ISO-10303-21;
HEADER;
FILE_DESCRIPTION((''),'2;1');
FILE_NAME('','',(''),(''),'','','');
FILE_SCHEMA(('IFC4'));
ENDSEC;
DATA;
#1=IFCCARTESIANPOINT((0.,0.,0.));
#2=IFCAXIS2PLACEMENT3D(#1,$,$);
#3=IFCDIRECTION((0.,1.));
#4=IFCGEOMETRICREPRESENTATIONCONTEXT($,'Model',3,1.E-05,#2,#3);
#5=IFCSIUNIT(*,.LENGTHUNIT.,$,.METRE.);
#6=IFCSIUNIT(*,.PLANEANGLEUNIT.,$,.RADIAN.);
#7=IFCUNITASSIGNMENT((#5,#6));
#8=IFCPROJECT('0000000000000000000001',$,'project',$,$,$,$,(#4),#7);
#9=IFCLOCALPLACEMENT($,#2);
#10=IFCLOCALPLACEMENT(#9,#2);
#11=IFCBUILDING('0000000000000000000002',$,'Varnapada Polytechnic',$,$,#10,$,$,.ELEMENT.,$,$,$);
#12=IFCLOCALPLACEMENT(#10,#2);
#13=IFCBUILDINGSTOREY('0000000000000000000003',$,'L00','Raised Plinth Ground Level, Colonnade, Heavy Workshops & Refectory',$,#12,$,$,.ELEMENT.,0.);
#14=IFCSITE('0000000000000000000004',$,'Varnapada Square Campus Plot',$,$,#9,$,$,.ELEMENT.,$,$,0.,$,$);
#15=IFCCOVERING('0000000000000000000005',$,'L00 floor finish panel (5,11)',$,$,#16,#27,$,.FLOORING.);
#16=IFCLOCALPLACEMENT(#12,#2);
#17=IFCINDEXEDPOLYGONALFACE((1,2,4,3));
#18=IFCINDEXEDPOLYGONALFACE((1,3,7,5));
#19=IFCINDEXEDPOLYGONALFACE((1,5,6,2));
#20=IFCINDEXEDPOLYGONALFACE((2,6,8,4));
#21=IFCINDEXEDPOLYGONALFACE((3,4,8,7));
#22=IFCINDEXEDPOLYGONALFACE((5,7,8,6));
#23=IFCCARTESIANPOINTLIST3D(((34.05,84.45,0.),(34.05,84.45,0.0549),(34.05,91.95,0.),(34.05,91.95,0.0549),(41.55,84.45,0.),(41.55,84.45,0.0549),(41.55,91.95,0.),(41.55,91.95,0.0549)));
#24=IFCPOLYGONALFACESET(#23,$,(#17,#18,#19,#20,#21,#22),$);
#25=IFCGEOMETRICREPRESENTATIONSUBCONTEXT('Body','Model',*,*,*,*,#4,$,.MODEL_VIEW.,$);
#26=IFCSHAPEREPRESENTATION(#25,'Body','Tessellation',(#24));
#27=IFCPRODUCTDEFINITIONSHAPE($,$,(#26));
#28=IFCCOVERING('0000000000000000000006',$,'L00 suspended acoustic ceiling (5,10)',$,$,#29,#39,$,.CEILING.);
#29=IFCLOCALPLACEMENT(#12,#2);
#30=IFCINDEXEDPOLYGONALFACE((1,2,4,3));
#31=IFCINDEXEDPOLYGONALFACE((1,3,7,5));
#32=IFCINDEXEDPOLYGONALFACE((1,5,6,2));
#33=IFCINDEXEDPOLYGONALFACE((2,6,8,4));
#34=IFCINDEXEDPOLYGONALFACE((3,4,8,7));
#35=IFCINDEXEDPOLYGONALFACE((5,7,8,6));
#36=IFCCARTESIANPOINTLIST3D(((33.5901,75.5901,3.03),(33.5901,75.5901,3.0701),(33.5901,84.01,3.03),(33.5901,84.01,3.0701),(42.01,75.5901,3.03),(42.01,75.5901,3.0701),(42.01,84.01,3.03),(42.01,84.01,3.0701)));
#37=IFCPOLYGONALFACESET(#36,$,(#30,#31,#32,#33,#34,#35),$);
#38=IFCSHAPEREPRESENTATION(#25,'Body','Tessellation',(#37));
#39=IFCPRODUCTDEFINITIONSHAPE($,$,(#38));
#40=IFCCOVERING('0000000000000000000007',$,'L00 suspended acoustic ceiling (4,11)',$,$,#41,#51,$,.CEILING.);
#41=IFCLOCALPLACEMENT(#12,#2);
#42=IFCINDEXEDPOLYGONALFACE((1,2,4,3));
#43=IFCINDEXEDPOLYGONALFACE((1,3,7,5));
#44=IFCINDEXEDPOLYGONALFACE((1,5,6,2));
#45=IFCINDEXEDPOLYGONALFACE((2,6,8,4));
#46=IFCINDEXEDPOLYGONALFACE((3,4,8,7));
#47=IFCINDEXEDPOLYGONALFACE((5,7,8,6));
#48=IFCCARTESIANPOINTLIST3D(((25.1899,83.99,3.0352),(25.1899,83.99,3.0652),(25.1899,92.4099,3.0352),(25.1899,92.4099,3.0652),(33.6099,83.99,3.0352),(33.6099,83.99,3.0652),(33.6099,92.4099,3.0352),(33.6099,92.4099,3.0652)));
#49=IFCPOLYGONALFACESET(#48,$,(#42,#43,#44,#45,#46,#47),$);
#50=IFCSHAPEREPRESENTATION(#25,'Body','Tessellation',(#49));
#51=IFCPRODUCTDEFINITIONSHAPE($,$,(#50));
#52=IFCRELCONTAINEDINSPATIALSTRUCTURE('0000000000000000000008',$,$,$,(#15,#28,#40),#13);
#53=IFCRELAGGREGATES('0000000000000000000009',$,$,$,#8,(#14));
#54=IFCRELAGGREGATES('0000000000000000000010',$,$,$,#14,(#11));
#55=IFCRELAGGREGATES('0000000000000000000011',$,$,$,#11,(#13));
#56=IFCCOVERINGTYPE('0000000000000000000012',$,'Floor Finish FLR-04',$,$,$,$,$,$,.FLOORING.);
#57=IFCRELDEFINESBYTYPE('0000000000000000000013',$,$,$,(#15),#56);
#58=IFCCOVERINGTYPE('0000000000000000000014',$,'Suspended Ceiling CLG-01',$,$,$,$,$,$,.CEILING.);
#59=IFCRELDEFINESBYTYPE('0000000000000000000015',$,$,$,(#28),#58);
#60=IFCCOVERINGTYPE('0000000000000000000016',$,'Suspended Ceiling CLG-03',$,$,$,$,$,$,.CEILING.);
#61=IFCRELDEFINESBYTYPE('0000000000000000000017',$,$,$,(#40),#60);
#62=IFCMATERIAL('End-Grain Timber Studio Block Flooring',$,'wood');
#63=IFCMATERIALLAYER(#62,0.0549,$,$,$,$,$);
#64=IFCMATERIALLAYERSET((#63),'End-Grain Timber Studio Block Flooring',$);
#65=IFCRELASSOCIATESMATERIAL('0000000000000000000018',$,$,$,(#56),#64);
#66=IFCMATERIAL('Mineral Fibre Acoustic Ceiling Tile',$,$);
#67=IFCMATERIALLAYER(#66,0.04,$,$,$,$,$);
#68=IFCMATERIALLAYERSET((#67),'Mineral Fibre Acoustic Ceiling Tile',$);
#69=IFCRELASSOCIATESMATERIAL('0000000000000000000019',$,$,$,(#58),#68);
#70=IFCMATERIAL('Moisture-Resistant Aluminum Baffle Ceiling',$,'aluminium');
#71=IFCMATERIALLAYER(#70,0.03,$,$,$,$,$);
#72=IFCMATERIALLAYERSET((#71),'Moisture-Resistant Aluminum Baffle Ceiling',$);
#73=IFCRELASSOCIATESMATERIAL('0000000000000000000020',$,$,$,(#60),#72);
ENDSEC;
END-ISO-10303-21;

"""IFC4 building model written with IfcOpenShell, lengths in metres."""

from ifc_helpers import new_model, si_unit, direction, frame, origin, origin_2d, place, context, subcontext, project, spatial, rectangle, extrude, material, layer, layer_set, type_object, element, save


model = new_model("IFC4")

# Units and contexts
model_context = context("Model", 3, precision=1e-05, world=origin(), true_north=direction((0.0, 1.0)))
body_context = subcontext(model_context, "Body", "Model", "MODEL_VIEW")
ifc_project = project(units=[si_unit("LENGTHUNIT", "METRE"), si_unit("PLANEANGLEUNIT", "RADIAN")], contexts=[model_context])

# Site, building, storey
site_placement = place(None, origin())
site = spatial("IfcSite", under=ifc_project, at=site_placement, Name="Varnapada Square Campus Plot", CompositionType="ELEMENT", RefElevation=0.0)
building_placement = place(site_placement, origin())
building = spatial("IfcBuilding", under=site, at=building_placement, Name="Varnapada Polytechnic", CompositionType="ELEMENT")
storey_placement = place(building_placement, origin())
storey = spatial("IfcBuildingStorey", under=building, at=storey_placement, Name="L00", Description="Raised Plinth Ground Level, Colonnade, Heavy Workshops & Refectory", CompositionType="ELEMENT", Elevation=0.0)

# Coverings
ifc_material_1 = material(Name="End-Grain Timber Studio Block Flooring", Category="wood")
ifc_layer_1 = layer(ifc_material_1, 0.0549)
ifc_layer_set_1 = layer_set([ifc_layer_1], Name="End-Grain Timber Studio Block Flooring")
covering_type_1 = type_object("IfcCoveringType", Name="Floor Finish FLR-04", PredefinedType="FLOORING", material=ifc_layer_set_1)
covering_1_placement = place(storey_placement, frame((37.8, 88.2, 0.0), z_axis=(0.0, 0.0, 1.0), x_axis=(1.0, 0.0, 0.0)))
element("IfcCovering", 1, at=covering_1_placement, inside=storey, type_object=covering_type_1, Name="L00 floor finish panel (5,11)", PredefinedType="FLOORING", context=body_context, shape_type="SweptSolid", body=[
    extrude(rectangle(XDim=7.5, YDim=7.5, at=origin_2d()), origin(), (0.0, 0.0, 1.0), 0.0549),
])
ifc_material_2 = material(Name="Mineral Fibre Acoustic Ceiling Tile")
ifc_layer_2 = layer(ifc_material_2, 0.04)
ifc_layer_set_2 = layer_set([ifc_layer_2], Name="Mineral Fibre Acoustic Ceiling Tile")
covering_type_2 = type_object("IfcCoveringType", Name="Suspended Ceiling CLG-01", PredefinedType="CEILING", material=ifc_layer_set_2)
covering_2_placement = place(storey_placement, frame((37.8, 79.8, 3.03), z_axis=(0.0, 0.0, 1.0), x_axis=(1.0, 0.0, 0.0)))
element("IfcCovering", 2, at=covering_2_placement, inside=storey, type_object=covering_type_2, Name="L00 suspended acoustic ceiling (5,10)", PredefinedType="CEILING", context=body_context, shape_type="SweptSolid", body=[
    extrude(rectangle(XDim=8.4199, YDim=8.4199, at=origin_2d()), origin(), (0.0, 0.0, 1.0), 0.04),
])
ifc_material_3 = material(Name="Moisture-Resistant Aluminum Baffle Ceiling", Category="aluminium")
ifc_layer_3 = layer(ifc_material_3, 0.03)
ifc_layer_set_3 = layer_set([ifc_layer_3], Name="Moisture-Resistant Aluminum Baffle Ceiling")
covering_type_3 = type_object("IfcCoveringType", Name="Suspended Ceiling CLG-03", PredefinedType="CEILING", material=ifc_layer_set_3)
covering_3_placement = place(storey_placement, frame((29.3999, 88.2, 3.0352), z_axis=(0.0, 0.0, 1.0), x_axis=(1.0, 0.0, 0.0)))
element("IfcCovering", 3, at=covering_3_placement, inside=storey, type_object=covering_type_3, Name="L00 suspended acoustic ceiling (4,11)", PredefinedType="CEILING", context=body_context, shape_type="SweptSolid", body=[
    extrude(rectangle(XDim=8.4199, YDim=8.4199, at=origin_2d()), origin(), (0.0, 0.0, 1.0), 0.03),
])

save(model, "model.ifc")
